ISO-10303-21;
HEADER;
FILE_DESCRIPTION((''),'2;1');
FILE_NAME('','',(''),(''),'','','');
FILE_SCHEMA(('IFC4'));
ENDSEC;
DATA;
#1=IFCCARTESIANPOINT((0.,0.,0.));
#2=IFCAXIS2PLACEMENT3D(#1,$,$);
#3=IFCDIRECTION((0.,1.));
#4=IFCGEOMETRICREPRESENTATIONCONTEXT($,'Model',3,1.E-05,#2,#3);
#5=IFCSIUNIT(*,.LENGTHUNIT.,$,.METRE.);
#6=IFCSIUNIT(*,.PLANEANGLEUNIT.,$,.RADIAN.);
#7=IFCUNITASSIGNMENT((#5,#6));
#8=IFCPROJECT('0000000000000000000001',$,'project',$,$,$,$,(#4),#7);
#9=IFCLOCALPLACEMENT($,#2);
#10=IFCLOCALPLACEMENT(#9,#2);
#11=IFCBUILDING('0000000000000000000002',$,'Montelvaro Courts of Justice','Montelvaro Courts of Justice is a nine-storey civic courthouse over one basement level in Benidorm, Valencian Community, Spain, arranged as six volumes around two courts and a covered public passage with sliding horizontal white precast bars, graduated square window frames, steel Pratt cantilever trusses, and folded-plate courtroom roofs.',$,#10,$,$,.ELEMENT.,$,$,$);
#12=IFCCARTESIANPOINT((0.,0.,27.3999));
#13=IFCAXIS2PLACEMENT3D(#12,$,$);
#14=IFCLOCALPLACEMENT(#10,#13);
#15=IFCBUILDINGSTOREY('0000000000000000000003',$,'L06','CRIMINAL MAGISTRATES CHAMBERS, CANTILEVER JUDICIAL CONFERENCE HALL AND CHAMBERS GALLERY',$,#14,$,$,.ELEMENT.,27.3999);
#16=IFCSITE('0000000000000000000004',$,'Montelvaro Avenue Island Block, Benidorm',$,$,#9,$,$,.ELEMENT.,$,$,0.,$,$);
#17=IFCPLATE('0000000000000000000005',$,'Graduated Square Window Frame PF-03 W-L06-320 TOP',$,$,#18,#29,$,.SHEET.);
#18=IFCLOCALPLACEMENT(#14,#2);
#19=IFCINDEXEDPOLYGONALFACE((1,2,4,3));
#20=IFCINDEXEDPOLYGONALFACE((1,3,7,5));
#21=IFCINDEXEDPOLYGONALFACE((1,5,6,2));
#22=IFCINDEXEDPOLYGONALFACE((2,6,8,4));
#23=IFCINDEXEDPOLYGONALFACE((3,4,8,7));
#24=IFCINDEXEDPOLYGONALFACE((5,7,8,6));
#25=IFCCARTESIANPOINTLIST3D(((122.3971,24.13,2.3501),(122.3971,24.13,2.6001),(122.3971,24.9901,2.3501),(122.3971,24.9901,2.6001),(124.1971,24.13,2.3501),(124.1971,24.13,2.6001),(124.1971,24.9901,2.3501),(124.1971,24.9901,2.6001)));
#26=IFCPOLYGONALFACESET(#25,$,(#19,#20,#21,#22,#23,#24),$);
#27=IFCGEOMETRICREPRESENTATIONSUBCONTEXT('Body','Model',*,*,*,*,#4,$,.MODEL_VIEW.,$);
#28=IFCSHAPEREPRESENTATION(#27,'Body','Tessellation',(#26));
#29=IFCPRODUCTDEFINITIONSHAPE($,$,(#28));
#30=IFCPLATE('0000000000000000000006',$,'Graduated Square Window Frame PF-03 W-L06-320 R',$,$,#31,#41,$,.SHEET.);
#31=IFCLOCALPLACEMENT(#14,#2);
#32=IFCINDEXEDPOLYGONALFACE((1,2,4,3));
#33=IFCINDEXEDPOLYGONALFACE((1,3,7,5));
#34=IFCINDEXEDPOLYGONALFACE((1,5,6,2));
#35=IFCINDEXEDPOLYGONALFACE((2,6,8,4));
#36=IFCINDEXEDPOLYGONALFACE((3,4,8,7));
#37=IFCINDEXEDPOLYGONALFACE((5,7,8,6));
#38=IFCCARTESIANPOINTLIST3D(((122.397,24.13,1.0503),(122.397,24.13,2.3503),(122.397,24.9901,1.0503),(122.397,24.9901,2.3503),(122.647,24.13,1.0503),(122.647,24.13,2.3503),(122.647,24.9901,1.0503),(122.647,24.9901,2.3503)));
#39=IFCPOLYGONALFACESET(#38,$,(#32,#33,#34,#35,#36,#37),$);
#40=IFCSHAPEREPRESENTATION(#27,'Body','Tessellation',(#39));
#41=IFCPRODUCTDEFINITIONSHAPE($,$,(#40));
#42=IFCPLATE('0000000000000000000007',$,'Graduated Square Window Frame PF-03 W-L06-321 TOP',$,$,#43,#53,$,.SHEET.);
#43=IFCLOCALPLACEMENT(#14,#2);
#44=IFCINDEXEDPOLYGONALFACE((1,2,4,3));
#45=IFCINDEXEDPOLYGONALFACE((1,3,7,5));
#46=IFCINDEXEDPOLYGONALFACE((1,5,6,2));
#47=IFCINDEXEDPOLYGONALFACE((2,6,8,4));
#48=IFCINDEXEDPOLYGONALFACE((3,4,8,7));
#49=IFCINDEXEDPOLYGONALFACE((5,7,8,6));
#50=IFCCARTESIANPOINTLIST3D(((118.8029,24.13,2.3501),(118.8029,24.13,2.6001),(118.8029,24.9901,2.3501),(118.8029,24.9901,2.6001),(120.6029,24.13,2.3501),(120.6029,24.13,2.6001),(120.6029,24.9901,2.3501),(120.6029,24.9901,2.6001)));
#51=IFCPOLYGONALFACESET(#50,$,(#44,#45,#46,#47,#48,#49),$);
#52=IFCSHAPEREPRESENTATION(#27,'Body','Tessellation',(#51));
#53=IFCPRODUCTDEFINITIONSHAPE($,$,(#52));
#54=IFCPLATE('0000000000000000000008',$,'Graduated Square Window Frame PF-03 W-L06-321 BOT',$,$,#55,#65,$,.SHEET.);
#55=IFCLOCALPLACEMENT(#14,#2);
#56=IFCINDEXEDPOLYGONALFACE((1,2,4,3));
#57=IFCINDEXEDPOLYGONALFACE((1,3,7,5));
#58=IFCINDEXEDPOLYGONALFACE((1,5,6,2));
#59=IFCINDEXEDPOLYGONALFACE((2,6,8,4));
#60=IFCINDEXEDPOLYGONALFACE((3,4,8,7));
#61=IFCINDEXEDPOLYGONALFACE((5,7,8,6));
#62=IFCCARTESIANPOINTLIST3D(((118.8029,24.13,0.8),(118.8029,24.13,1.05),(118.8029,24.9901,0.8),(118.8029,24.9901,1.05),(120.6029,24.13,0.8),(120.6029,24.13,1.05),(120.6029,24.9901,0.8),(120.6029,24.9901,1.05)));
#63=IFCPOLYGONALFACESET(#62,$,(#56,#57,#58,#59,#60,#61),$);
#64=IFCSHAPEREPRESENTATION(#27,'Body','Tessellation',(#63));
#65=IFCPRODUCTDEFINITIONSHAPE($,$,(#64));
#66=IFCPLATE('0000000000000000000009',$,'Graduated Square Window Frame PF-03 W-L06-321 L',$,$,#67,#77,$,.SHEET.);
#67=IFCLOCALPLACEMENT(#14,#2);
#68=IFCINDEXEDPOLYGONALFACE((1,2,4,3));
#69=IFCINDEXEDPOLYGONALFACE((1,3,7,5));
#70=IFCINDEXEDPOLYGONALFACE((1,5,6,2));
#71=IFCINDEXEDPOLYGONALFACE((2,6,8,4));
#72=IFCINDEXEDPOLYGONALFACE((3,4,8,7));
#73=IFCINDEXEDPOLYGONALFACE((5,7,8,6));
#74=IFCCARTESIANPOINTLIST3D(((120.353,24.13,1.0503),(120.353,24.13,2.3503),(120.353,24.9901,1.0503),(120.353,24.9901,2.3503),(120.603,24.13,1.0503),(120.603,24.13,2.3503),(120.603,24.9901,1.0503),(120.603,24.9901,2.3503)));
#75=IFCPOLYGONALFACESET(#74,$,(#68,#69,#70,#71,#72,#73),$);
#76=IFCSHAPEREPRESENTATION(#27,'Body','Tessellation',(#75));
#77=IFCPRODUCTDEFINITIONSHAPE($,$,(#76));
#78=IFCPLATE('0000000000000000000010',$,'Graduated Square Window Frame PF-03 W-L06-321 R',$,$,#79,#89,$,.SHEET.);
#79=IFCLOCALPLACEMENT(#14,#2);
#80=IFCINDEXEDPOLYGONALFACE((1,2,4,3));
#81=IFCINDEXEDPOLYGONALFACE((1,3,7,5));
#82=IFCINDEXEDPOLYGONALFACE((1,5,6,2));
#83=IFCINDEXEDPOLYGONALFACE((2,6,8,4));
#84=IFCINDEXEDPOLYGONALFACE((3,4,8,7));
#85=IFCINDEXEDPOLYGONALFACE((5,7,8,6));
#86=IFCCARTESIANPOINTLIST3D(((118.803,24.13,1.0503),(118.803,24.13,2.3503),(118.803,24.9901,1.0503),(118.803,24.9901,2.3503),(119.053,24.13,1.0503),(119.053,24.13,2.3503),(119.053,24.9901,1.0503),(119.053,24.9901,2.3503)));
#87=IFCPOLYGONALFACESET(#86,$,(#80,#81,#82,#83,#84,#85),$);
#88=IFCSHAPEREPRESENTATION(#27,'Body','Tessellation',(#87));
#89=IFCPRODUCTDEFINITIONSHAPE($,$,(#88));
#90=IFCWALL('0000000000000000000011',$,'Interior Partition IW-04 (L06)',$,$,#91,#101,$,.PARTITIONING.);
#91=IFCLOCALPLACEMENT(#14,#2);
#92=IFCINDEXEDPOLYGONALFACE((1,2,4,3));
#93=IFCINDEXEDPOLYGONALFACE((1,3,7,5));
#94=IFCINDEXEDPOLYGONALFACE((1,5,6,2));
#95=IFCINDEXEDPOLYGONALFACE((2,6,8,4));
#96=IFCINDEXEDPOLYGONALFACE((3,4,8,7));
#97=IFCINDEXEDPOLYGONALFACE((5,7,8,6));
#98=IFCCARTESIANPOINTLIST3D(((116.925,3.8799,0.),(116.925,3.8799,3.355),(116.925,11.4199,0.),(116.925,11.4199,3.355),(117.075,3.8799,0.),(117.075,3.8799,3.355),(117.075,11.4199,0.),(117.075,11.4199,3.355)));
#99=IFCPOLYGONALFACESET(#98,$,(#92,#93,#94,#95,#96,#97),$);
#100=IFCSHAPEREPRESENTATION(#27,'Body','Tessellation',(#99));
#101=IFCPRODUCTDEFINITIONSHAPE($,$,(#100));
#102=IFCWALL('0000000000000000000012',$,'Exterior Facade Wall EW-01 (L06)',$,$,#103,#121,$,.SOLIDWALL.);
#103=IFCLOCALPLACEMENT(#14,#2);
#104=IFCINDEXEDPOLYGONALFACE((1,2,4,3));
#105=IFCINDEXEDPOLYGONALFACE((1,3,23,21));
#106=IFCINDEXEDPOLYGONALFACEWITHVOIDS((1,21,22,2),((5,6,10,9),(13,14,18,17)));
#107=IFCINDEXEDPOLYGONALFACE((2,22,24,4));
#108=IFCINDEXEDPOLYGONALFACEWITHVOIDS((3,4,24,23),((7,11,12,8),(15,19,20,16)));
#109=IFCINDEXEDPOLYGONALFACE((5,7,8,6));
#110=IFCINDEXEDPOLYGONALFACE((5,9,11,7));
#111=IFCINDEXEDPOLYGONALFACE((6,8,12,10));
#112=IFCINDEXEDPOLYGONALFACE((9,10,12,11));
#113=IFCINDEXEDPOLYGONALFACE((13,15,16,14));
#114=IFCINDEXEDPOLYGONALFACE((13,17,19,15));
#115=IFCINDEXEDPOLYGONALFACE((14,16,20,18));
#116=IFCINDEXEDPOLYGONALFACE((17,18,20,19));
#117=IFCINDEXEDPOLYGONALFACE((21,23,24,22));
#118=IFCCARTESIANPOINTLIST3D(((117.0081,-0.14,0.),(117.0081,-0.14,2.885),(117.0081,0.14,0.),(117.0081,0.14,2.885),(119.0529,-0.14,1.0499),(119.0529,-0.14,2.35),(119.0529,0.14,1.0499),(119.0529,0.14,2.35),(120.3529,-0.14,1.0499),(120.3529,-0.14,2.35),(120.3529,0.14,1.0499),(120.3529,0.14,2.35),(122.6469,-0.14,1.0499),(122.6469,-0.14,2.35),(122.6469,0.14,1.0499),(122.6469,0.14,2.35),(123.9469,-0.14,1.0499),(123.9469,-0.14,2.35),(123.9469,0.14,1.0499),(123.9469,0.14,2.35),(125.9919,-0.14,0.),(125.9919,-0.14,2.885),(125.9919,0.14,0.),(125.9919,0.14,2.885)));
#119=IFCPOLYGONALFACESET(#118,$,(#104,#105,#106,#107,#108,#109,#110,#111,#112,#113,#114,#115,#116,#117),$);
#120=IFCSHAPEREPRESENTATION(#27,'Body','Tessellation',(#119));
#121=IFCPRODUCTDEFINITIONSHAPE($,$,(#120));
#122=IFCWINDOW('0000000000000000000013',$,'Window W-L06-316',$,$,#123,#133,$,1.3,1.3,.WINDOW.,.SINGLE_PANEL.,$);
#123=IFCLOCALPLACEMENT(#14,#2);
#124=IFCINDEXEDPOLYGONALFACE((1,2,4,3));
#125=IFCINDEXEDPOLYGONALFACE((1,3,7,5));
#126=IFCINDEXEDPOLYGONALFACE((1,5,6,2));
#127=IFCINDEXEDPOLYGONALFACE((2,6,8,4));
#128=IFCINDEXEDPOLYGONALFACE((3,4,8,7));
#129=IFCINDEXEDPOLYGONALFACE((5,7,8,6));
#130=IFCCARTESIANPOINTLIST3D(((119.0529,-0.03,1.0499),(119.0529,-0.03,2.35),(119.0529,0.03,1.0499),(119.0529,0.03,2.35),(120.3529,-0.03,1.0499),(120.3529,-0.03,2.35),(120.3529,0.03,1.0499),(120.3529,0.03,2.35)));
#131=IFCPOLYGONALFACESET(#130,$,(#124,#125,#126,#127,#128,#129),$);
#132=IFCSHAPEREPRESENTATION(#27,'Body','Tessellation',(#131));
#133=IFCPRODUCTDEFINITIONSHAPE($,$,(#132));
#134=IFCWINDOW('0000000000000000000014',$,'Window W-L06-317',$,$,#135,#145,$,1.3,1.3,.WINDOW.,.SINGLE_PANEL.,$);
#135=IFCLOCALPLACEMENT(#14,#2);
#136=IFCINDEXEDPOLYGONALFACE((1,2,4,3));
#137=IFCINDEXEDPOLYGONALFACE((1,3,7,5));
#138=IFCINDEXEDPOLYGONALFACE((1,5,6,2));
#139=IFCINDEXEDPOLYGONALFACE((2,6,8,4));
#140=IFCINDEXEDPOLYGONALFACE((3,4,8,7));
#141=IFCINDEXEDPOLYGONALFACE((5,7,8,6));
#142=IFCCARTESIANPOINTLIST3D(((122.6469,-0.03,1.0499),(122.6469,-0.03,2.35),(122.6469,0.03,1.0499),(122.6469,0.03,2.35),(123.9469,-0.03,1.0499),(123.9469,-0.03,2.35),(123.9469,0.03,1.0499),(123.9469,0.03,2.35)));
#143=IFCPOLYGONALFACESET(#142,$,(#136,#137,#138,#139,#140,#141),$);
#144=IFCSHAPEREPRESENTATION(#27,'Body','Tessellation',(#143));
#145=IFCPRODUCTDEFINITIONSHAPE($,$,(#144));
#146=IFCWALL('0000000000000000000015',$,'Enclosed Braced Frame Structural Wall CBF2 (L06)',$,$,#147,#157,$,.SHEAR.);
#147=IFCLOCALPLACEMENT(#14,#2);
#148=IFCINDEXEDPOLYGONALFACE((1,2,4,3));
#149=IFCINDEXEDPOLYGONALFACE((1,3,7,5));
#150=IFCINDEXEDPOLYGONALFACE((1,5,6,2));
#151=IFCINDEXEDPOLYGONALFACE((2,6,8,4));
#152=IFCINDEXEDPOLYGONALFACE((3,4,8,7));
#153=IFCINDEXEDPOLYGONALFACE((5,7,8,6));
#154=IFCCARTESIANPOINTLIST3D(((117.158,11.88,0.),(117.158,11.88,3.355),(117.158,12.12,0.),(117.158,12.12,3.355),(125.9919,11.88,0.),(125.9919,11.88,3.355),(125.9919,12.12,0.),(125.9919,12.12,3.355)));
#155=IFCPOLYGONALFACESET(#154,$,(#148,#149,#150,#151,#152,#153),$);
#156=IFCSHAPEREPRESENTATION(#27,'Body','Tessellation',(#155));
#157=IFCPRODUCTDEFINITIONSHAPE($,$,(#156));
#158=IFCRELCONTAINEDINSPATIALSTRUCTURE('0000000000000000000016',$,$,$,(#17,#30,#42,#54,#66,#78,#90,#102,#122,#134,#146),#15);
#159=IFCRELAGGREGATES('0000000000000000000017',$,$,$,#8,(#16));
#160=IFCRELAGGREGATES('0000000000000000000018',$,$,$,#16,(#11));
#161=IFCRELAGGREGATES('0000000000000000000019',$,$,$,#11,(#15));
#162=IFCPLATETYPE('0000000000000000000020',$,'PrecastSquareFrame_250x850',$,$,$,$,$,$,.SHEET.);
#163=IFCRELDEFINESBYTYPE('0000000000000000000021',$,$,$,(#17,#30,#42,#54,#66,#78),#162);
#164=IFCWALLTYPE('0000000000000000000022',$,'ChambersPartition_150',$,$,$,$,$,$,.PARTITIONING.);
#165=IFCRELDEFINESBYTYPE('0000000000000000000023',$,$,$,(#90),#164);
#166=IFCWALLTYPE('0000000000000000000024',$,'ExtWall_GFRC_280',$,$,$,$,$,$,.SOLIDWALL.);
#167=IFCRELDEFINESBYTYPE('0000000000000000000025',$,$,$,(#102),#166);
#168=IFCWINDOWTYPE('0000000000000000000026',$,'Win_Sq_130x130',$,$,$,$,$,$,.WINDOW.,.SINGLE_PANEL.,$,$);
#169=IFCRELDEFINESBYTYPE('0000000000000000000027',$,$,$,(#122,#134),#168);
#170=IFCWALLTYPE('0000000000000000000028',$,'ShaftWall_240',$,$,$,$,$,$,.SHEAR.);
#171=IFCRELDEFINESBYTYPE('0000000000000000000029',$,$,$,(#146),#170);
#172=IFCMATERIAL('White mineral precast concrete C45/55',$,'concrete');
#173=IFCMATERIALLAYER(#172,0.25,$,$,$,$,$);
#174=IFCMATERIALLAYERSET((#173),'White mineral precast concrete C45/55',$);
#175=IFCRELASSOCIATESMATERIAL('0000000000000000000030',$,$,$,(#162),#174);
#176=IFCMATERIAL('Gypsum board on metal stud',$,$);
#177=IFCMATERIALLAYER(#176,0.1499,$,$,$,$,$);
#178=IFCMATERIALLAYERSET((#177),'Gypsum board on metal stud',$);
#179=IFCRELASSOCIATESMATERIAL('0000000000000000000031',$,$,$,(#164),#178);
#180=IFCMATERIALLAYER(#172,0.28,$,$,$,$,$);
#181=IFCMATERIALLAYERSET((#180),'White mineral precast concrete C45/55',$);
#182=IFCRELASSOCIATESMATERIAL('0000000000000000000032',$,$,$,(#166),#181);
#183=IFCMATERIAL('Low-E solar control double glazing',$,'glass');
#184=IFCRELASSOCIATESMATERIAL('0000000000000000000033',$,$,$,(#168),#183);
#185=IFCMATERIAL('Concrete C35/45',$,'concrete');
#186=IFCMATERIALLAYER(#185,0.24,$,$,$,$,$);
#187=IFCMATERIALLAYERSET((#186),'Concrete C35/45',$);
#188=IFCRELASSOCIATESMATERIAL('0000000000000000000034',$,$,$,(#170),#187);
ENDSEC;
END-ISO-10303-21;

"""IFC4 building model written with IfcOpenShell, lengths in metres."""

from ifc_helpers import new_model, si_unit, direction, frame, frame_2d, origin, origin_2d, place, context, subcontext, project, spatial, rectangle, extrude, material, layer, layer_set, type_object, element, fill, save


model = new_model("IFC4")

# Units and contexts
model_context = context("Model", 3, precision=1e-05, world=origin(), true_north=direction((0.0, 1.0)))
body_context = subcontext(model_context, "Body", "Model", "MODEL_VIEW")
ifc_project = project(units=[si_unit("LENGTHUNIT", "METRE"), si_unit("PLANEANGLEUNIT", "RADIAN")], contexts=[model_context])

# Site, building, storey
site_placement = place(None, origin())
site = spatial("IfcSite", under=ifc_project, at=site_placement, Name="Montelvaro Avenue Island Block, Benidorm", CompositionType="ELEMENT", RefElevation=0.0)
building_placement = place(site_placement, origin())
building = spatial("IfcBuilding", under=site, at=building_placement, Name="Montelvaro Courts of Justice", Description="Montelvaro Courts of Justice is a nine-storey civic courthouse over one basement level in Benidorm, Valencian Community, Spain, arranged as six volumes around two courts and a covered public passage with sliding horizontal white precast bars, graduated square window frames, steel Pratt cantilever trusses, and folded-plate courtroom roofs.", CompositionType="ELEMENT")
storey_placement = place(building_placement, frame((0.0, 0.0, 27.3999)))
storey = spatial("IfcBuildingStorey", under=building, at=storey_placement, Name="L06", Description="CRIMINAL MAGISTRATES CHAMBERS, CANTILEVER JUDICIAL CONFERENCE HALL AND CHAMBERS GALLERY", CompositionType="ELEMENT", Elevation=27.3999)

# Plates
ifc_material_1 = material(Name="White mineral precast concrete C45/55", Category="concrete")
ifc_layer_1 = layer(ifc_material_1, 0.25)
ifc_layer_set_1 = layer_set([ifc_layer_1], Name="White mineral precast concrete C45/55")
plate_type_1 = type_object("IfcPlateType", Name="PrecastSquareFrame_250x850", PredefinedType="SHEET", material=ifc_layer_set_1)
plate_1_placement = place(storey_placement, frame((123.2971, 24.5601, 2.3501), z_axis=(0.0, 0.0, 1.0), x_axis=(-1.0, 0.0, 0.0)))
element("IfcPlate", 1, at=plate_1_placement, inside=storey, type_object=plate_type_1, Name="Graduated Square Window Frame PF-03 W-L06-320 TOP", PredefinedType="SHEET", context=body_context, shape_type="SweptSolid", body=[
    extrude(rectangle(XDim=1.8, YDim=0.8601, at=origin_2d()), origin(), (0.0, 0.0, 1.0), 0.25),
])
plate_2_placement = place(storey_placement, frame((122.522, 24.5601, 1.0503), z_axis=(0.0, 0.0, 1.0), x_axis=(-1.0, 0.0, 0.0)))
element("IfcPlate", 2, at=plate_2_placement, inside=storey, type_object=plate_type_1, Name="Graduated Square Window Frame PF-03 W-L06-320 R", PredefinedType="SHEET", context=body_context, shape_type="SweptSolid", body=[
    extrude(rectangle(XDim=0.25, YDim=0.8601, at=origin_2d()), origin(), (0.0, 0.0, 1.0), 1.3),
])
for number, where, z_axis, x_axis, name in (
    (3, (119.7029, 24.5601, 2.3501), (0.0, 0.0, 1.0), (-1.0, 0.0, 0.0), "Graduated Square Window Frame PF-03 W-L06-321 TOP"),
    (4, (119.7029, 24.5601, 0.8), (0.0, 0.0, 1.0), (-1.0, 0.0, 0.0), "Graduated Square Window Frame PF-03 W-L06-321 BOT"),
):
    element("IfcPlate", number, at=place(storey_placement, frame(where, z_axis=z_axis, x_axis=x_axis)), inside=storey, type_object=plate_type_1, Name=name, PredefinedType="SHEET", context=body_context, shape_type="SweptSolid", body=[
        extrude(rectangle(XDim=1.8, YDim=0.8601, at=origin_2d()), origin(), (0.0, 0.0, 1.0), 0.25),
    ])
for number, where, z_axis, x_axis, name in (
    (5, (120.478, 24.5601, 1.0503), (0.0, 0.0, 1.0), (-1.0, 0.0, 0.0), "Graduated Square Window Frame PF-03 W-L06-321 L"),
    (6, (118.928, 24.5601, 1.0503), (0.0, 0.0, 1.0), (-1.0, 0.0, 0.0), "Graduated Square Window Frame PF-03 W-L06-321 R"),
):
    element("IfcPlate", number, at=place(storey_placement, frame(where, z_axis=z_axis, x_axis=x_axis)), inside=storey, type_object=plate_type_1, Name=name, PredefinedType="SHEET", context=body_context, shape_type="SweptSolid", body=[
        extrude(rectangle(XDim=0.25, YDim=0.8601, at=origin_2d()), origin(), (0.0, 0.0, 1.0), 1.3),
    ])

# Wall
ifc_material_2 = material(Name="Gypsum board on metal stud")
ifc_layer_2 = layer(ifc_material_2, 0.1499)
ifc_layer_set_2 = layer_set([ifc_layer_2], Name="Gypsum board on metal stud")
wall_type_1 = type_object("IfcWallType", Name="ChambersPartition_150", PredefinedType="PARTITIONING", material=ifc_layer_set_2)
wall_1_placement = place(storey_placement, frame((117.0, 3.8799, 0.0), z_axis=(0.0, 0.0, 1.0), x_axis=(0.0, 1.0, 0.0)))
element("IfcWall", 7, at=wall_1_placement, inside=storey, type_object=wall_type_1, Name="Interior Partition IW-04 (L06)", PredefinedType="PARTITIONING", context=body_context, shape_type="SweptSolid", body=[
    extrude(rectangle(XDim=7.54, YDim=0.1499, at=frame_2d((3.77, 0.0))), origin(), (0.0, 0.0, 1.0), 3.355),
])

# Wall, openings, windows
ifc_layer_3 = layer(ifc_material_1, 0.28)
ifc_layer_set_3 = layer_set([ifc_layer_3], Name="White mineral precast concrete C45/55")
wall_type_2 = type_object("IfcWallType", Name="ExtWall_GFRC_280", PredefinedType="SOLIDWALL", material=ifc_layer_set_3)
wall_2_placement = place(storey_placement, frame((117.0081, 0.0, 0.0), z_axis=(0.0, 0.0, 1.0), x_axis=(1.0, 0.0, 0.0)))
wall_2 = element("IfcWall", 8, at=wall_2_placement, inside=storey, type_object=wall_type_2, Name="Exterior Facade Wall EW-01 (L06)", PredefinedType="SOLIDWALL", context=body_context, shape_type="SweptSolid", body=[
    extrude(rectangle(XDim=8.9839, YDim=0.28, at=frame_2d((4.4919, 0.0))), origin(), (0.0, 0.0, 1.0), 2.885),
])
opening_1_placement = place(wall_2_placement, frame((2.0449, 0.0, 1.05)))
opening_1 = element("IfcOpeningElement", 9, at=opening_1_placement, cuts=wall_2, PredefinedType="OPENING", context=body_context, shape_type="SweptSolid", body=[
    extrude(rectangle(XDim=1.3, YDim=1.3, at=frame_2d((0.6499, 0.6499))), frame((0.0, 0.1548, 0.0), z_axis=(0.0, -1.0, 0.0), x_axis=(1.0, 0.0, 0.0)), (0.0, 0.0, 1.0), 0.3098),
])
opening_2_placement = place(wall_2_placement, frame((5.6389, 0.0, 1.05)))
opening_2 = element("IfcOpeningElement", 10, at=opening_2_placement, cuts=wall_2, PredefinedType="OPENING", context=body_context, shape_type="SweptSolid", body=[
    extrude(rectangle(XDim=1.3, YDim=1.3, at=frame_2d((0.6499, 0.6499))), frame((0.0, 0.1548, 0.0), z_axis=(0.0, -1.0, 0.0), x_axis=(1.0, 0.0, 0.0)), (0.0, 0.0, 1.0), 0.3098),
])
ifc_material_3 = material(Name="Low-E solar control double glazing", Category="glass")
window_type = type_object("IfcWindowType", Name="Win_Sq_130x130", PartitioningType="SINGLE_PANEL", PredefinedType="WINDOW", material=ifc_material_3)
window_1_placement = place(opening_1_placement, origin())
window_1 = element("IfcWindow", 11, at=window_1_placement, inside=storey, type_object=window_type, Name="Window W-L06-316", OverallHeight=1.3, OverallWidth=1.3, PartitioningType="SINGLE_PANEL", PredefinedType="WINDOW", context=body_context, shape_type="SweptSolid", body=[
    extrude(rectangle(XDim=1.3, YDim=1.3, at=frame_2d((0.6499, 0.6499))), frame((0.0, 0.03, 0.0), z_axis=(0.0, -1.0, 0.0), x_axis=(1.0, 0.0, 0.0)), (0.0, 0.0, 1.0), 0.0601),
])
fill(opening_1, window_1)
window_2_placement = place(opening_2_placement, origin())
window_2 = element("IfcWindow", 12, at=window_2_placement, inside=storey, type_object=window_type, Name="Window W-L06-317", OverallHeight=1.3, OverallWidth=1.3, PartitioningType="SINGLE_PANEL", PredefinedType="WINDOW", context=body_context, shape_type="SweptSolid", body=[
    extrude(rectangle(XDim=1.3, YDim=1.3, at=frame_2d((0.6499, 0.6499))), frame((0.0, 0.03, 0.0), z_axis=(0.0, -1.0, 0.0), x_axis=(1.0, 0.0, 0.0)), (0.0, 0.0, 1.0), 0.0601),
])
fill(opening_2, window_2)

# Wall
ifc_material_4 = material(Name="Concrete C35/45", Category="concrete")
ifc_layer_4 = layer(ifc_material_4, 0.24)
ifc_layer_set_4 = layer_set([ifc_layer_4], Name="Concrete C35/45")
wall_type_3 = type_object("IfcWallType", Name="ShaftWall_240", PredefinedType="SHEAR", material=ifc_layer_set_4)
wall_3_placement = place(storey_placement, frame((117.158, 12.0, 0.0), z_axis=(0.0, 0.0, 1.0), x_axis=(1.0, 0.0, 0.0)))
element("IfcWall", 13, at=wall_3_placement, inside=storey, type_object=wall_type_3, Name="Enclosed Braced Frame Structural Wall CBF2 (L06)", PredefinedType="SHEAR", context=body_context, shape_type="SweptSolid", body=[
    extrude(rectangle(XDim=8.834, YDim=0.24, at=frame_2d((4.417, 0.0))), origin(), (0.0, 0.0, 1.0), 3.355),
])

save(model, "model.ifc")
